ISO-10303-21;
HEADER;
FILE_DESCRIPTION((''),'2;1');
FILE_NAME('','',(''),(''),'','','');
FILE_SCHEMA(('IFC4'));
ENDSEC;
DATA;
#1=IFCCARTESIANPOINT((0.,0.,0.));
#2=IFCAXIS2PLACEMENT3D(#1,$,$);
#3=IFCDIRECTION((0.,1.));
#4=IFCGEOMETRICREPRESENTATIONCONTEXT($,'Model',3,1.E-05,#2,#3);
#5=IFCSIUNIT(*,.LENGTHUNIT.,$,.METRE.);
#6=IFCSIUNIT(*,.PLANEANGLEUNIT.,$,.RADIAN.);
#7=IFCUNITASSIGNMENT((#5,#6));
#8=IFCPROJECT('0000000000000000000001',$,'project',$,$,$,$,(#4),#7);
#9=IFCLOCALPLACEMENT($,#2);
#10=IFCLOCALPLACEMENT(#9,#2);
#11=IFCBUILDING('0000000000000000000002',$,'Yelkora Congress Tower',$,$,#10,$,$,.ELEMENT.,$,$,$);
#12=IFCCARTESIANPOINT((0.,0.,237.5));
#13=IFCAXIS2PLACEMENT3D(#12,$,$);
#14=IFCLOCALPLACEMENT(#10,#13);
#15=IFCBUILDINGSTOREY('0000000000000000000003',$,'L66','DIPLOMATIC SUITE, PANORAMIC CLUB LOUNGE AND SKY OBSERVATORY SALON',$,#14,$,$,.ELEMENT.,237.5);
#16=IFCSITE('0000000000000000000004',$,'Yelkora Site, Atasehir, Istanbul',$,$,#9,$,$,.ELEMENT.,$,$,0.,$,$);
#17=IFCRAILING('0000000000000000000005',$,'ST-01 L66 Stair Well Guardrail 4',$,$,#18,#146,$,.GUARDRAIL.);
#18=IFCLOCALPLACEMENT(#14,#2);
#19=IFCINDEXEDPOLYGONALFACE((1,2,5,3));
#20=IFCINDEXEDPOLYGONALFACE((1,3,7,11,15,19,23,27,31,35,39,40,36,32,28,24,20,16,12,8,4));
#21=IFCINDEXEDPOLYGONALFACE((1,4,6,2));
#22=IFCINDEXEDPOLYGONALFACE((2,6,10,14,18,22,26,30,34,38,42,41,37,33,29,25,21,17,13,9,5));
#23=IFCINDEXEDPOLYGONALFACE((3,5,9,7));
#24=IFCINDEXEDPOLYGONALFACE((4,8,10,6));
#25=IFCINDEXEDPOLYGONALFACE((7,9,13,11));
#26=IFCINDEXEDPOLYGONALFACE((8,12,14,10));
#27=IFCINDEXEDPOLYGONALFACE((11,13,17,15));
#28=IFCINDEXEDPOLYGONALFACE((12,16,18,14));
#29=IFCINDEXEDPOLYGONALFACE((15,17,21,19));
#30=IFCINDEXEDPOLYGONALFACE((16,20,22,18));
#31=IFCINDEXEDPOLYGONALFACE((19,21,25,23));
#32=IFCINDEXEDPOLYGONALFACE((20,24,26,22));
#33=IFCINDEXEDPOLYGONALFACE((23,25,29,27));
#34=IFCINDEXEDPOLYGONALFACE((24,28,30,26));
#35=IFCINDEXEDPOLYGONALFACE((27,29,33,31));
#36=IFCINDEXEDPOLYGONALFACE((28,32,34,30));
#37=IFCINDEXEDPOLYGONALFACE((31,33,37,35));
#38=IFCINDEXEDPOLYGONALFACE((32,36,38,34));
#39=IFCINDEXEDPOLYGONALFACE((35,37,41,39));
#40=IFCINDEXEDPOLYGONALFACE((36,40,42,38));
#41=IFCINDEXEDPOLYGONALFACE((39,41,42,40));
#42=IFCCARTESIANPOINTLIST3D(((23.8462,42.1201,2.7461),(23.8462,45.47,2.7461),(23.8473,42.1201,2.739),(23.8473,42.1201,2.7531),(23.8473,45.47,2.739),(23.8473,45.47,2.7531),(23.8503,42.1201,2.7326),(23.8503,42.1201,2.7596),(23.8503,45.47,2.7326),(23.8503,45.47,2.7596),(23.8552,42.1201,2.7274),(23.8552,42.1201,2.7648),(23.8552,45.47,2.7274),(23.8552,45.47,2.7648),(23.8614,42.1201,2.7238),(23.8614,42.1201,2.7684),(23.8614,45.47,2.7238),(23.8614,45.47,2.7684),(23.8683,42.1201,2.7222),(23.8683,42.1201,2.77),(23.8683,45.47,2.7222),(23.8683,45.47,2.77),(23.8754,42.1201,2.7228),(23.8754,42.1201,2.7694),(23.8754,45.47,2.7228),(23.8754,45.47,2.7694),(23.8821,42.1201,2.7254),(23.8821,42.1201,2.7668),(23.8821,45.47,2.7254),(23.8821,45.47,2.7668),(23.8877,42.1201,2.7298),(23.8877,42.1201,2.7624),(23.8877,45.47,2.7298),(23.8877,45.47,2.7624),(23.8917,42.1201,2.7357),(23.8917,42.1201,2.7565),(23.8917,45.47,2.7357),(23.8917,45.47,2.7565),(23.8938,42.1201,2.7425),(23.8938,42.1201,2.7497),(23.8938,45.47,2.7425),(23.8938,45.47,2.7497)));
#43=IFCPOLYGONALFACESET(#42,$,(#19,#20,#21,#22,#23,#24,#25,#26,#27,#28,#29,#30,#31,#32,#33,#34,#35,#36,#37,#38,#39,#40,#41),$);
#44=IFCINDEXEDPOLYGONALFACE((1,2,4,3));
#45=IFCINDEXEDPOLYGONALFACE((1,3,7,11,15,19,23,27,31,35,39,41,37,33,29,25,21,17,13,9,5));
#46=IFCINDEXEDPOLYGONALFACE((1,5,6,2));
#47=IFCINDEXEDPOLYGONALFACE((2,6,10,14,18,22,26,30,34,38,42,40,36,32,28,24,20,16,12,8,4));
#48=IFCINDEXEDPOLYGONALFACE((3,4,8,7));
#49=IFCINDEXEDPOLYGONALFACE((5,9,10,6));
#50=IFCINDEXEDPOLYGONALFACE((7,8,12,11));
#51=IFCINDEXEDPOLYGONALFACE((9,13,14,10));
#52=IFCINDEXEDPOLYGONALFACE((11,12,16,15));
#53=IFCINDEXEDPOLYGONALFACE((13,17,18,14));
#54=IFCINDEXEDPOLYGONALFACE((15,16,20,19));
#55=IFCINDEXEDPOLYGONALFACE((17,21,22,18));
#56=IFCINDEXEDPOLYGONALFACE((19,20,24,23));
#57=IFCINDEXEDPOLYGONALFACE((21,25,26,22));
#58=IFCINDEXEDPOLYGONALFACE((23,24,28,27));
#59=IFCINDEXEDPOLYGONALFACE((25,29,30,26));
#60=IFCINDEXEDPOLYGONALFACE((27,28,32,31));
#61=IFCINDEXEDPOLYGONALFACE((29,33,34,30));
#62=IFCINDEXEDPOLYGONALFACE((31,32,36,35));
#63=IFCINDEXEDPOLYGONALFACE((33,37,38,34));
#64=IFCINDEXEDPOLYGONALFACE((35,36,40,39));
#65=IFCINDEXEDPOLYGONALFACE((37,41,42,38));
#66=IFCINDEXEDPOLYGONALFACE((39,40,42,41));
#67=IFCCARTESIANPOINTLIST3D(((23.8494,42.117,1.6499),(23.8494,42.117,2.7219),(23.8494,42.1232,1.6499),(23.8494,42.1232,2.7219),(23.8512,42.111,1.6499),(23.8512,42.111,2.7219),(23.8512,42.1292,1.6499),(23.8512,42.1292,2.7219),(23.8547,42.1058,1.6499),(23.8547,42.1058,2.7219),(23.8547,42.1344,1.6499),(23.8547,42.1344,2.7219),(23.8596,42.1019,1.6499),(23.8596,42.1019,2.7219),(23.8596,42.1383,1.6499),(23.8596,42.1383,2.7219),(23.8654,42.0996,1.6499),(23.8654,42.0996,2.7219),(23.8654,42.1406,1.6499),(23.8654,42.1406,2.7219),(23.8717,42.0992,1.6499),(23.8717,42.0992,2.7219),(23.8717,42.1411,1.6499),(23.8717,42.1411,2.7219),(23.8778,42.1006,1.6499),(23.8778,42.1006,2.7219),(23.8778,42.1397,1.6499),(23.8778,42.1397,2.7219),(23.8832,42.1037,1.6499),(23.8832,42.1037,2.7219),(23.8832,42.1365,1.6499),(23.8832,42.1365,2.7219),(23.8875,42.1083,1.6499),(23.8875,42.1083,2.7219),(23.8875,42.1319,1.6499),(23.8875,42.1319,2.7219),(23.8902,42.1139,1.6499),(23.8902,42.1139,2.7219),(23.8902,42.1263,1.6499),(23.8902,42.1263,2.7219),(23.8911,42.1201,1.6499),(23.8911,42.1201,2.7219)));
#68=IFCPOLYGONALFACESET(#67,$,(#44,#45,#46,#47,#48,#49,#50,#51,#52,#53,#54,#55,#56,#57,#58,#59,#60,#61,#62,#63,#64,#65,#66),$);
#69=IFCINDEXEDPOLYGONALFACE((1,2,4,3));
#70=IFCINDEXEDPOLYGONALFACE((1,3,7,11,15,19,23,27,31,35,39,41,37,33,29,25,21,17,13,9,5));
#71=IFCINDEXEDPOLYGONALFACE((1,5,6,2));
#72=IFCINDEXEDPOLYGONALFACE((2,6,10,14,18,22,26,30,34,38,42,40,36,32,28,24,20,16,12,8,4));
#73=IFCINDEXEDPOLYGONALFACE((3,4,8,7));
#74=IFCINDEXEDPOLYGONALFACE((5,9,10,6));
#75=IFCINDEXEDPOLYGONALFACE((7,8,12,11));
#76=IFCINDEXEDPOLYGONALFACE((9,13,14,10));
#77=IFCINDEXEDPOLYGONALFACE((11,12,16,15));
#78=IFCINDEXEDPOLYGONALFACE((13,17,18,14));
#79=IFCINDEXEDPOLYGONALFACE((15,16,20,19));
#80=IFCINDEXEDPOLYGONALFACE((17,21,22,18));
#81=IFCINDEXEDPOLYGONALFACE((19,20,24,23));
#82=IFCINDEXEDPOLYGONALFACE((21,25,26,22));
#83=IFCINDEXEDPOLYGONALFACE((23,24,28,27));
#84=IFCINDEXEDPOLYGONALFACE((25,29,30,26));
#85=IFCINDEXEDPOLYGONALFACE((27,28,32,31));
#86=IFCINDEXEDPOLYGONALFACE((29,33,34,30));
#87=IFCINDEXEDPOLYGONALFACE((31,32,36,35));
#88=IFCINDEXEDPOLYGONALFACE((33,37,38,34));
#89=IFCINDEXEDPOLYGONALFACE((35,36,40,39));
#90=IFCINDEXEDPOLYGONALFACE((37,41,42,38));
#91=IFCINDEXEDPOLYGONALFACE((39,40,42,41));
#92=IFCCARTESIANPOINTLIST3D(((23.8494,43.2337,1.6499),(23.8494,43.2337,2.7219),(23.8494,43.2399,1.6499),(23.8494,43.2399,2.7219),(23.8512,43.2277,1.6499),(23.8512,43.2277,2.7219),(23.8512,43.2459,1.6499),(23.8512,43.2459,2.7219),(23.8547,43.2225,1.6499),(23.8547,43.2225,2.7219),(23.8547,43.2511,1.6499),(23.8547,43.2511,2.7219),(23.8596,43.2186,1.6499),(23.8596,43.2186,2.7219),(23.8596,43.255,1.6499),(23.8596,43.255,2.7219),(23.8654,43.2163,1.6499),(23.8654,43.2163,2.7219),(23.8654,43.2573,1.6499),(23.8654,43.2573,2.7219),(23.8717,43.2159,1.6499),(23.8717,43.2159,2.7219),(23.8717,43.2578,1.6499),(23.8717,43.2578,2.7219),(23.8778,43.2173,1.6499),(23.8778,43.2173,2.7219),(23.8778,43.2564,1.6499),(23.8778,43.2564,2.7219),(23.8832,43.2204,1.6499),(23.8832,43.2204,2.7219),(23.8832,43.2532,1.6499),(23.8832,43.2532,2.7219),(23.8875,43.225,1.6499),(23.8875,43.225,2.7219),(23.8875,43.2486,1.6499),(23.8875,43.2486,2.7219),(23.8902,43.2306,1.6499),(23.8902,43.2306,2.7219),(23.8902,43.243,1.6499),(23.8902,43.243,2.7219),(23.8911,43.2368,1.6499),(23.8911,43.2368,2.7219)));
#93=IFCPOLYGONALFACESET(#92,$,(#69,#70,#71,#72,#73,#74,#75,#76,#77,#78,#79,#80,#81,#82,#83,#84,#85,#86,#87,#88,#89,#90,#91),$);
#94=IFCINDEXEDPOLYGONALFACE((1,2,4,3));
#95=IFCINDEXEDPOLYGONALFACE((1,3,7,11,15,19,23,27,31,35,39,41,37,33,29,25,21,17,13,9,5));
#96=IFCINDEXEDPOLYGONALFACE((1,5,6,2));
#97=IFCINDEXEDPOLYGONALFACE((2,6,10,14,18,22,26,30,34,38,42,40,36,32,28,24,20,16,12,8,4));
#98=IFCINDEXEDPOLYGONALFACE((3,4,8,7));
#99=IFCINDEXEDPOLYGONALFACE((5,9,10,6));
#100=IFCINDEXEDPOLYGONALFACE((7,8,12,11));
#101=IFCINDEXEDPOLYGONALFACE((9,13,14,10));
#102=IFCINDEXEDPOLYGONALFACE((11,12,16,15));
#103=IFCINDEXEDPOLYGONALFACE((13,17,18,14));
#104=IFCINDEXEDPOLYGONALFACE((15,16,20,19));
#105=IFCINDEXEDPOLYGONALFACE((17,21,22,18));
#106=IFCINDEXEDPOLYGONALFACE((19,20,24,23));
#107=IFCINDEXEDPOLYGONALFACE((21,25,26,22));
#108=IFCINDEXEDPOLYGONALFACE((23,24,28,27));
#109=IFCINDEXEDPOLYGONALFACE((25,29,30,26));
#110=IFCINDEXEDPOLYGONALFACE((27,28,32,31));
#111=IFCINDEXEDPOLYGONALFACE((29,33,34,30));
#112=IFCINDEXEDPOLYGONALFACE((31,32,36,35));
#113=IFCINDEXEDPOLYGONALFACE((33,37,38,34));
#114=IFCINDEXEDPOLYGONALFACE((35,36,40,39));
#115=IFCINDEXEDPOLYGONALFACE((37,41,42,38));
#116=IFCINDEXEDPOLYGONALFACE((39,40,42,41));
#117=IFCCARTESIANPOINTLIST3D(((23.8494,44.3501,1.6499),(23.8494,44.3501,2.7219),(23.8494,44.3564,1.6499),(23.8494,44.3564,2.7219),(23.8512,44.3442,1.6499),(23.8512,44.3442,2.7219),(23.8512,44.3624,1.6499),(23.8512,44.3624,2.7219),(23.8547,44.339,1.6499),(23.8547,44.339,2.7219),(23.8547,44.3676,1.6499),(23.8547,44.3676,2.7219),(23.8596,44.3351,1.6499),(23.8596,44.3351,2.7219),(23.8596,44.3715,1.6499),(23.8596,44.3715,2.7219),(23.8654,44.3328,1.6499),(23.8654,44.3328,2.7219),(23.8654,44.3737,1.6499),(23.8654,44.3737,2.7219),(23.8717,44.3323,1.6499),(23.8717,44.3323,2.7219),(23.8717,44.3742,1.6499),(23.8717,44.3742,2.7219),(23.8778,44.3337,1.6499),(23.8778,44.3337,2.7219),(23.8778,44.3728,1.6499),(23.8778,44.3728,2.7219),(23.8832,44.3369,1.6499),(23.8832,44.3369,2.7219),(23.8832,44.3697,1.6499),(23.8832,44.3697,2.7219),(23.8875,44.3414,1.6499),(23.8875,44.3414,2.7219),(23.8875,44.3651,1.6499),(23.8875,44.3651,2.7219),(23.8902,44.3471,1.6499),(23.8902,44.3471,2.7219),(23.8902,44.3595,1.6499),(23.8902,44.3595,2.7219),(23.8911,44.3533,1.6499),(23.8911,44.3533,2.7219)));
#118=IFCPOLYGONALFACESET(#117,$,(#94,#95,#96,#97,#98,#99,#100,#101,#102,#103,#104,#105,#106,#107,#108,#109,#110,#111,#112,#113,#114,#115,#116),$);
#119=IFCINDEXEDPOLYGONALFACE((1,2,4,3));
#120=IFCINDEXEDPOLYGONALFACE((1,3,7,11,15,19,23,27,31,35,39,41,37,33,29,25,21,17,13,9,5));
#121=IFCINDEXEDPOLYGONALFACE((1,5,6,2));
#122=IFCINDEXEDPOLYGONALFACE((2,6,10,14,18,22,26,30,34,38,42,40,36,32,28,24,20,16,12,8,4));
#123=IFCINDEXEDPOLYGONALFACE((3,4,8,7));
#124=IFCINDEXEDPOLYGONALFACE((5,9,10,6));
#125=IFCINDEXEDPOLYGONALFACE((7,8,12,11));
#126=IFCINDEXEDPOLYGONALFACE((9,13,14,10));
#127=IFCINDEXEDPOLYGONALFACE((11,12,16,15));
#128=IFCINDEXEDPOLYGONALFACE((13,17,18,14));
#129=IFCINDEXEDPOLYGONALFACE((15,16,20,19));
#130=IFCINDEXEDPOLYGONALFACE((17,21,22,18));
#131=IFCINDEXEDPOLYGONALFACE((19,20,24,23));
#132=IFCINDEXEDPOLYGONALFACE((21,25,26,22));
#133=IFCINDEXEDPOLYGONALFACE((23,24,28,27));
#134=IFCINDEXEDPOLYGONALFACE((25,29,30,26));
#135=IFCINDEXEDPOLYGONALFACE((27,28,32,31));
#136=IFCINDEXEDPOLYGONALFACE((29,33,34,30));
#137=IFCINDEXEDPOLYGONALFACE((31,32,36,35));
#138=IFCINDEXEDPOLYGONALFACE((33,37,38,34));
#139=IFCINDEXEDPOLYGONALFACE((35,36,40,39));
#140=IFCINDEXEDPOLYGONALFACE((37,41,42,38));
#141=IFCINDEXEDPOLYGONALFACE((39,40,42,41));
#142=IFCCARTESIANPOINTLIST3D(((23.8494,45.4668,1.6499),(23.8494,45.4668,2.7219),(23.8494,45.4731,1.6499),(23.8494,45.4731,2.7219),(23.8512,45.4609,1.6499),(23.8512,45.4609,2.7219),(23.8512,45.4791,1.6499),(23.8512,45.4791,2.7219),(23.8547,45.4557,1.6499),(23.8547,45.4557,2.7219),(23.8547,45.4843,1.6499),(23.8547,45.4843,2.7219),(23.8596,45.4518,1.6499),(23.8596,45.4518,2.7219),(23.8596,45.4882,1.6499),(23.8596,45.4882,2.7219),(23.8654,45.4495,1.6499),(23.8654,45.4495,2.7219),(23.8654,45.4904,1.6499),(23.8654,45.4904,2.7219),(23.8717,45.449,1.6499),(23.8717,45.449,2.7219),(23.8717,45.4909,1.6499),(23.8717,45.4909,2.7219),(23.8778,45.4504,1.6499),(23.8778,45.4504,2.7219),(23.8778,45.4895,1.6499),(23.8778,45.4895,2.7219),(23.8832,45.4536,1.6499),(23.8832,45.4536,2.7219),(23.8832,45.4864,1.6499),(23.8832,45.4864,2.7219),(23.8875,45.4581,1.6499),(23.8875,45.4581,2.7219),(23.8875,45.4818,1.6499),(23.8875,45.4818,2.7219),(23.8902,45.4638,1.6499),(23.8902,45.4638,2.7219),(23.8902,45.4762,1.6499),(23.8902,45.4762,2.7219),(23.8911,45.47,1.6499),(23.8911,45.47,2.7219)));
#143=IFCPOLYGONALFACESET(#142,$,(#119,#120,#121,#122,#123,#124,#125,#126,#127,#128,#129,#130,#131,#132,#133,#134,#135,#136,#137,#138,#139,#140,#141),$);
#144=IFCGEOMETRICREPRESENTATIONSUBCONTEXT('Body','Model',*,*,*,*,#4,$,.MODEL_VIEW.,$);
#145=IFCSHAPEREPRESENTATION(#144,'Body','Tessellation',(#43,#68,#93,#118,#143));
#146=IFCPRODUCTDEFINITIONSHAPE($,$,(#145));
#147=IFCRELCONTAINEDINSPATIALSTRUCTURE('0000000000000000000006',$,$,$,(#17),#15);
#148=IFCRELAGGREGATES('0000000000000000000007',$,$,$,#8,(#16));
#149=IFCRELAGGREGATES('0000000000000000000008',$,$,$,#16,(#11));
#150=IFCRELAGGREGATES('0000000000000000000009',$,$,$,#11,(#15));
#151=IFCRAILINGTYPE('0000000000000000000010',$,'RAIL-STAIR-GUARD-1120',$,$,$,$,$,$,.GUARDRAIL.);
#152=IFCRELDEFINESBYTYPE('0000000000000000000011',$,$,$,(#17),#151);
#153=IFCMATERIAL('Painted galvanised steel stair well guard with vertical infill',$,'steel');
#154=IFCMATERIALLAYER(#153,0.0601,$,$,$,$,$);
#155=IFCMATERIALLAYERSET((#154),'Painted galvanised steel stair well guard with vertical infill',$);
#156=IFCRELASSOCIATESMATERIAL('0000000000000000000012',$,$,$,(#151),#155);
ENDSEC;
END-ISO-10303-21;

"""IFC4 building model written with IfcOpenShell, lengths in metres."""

from ifc_helpers import new_model, si_unit, direction, frame, origin, origin_2d, place, context, subcontext, project, spatial, circle, extrude, material, layer, layer_set, type_object, element, save


model = new_model("IFC4")

# Units and contexts
model_context = context("Model", 3, precision=1e-05, world=origin(), true_north=direction((0.0, 1.0)))
body_context = subcontext(model_context, "Body", "Model", "MODEL_VIEW")
ifc_project = project(units=[si_unit("LENGTHUNIT", "METRE"), si_unit("PLANEANGLEUNIT", "RADIAN")], contexts=[model_context])

# Site, building, storey
site_placement = place(None, origin())
site = spatial("IfcSite", under=ifc_project, at=site_placement, Name="Yelkora Site, Atasehir, Istanbul", CompositionType="ELEMENT", RefElevation=0.0)
building_placement = place(site_placement, origin())
building = spatial("IfcBuilding", under=site, at=building_placement, Name="Yelkora Congress Tower", CompositionType="ELEMENT")
storey_placement = place(building_placement, frame((0.0, 0.0, 237.5)))
storey = spatial("IfcBuildingStorey", under=building, at=storey_placement, Name="L66", Description="DIPLOMATIC SUITE, PANORAMIC CLUB LOUNGE AND SKY OBSERVATORY SALON", CompositionType="ELEMENT", Elevation=237.5)

# Railing
ifc_material_1 = material(Name="Painted galvanised steel stair well guard with vertical infill", Category="steel")
ifc_layer_1 = layer(ifc_material_1, 0.0601)
ifc_layer_set_1 = layer_set([ifc_layer_1], Name="Painted galvanised steel stair well guard with vertical infill")
railing_type_1 = type_object("IfcRailingType", Name="RAIL-STAIR-GUARD-1120", PredefinedType="GUARDRAIL", material=ifc_layer_set_1)
railing_1_placement = place(storey_placement, frame((23.8701, 42.1201, 1.6499)))
element("IfcRailing", 1, at=railing_1_placement, inside=storey, type_object=railing_type_1, Name="ST-01 L66 Stair Well Guardrail 4", PredefinedType="GUARDRAIL", context=body_context, shape_type="SweptSolid", body=[
    extrude(circle(Radius=0.0239, at=origin_2d()), frame((0.0, 0.0, 1.0962), z_axis=(0.0, 1.0, 0.0), x_axis=(-1.0, 0.0, 0.0)), (0.0, 0.0, 1.0), 3.3499),
    extrude(circle(Radius=0.021, at=origin_2d()), origin(), (0.0, 0.0, 1.0), 1.072),
    extrude(circle(Radius=0.021, at=origin_2d()), frame((0.0, 1.1167, 0.0)), (0.0, 0.0, 1.0), 1.072),
    extrude(circle(Radius=0.021, at=origin_2d()), frame((0.0, 2.2332, 0.0)), (0.0, 0.0, 1.0), 1.072),
    extrude(circle(Radius=0.021, at=origin_2d()), frame((0.0, 3.3499, 0.0)), (0.0, 0.0, 1.0), 1.072),
])

save(model, "model.ifc")
